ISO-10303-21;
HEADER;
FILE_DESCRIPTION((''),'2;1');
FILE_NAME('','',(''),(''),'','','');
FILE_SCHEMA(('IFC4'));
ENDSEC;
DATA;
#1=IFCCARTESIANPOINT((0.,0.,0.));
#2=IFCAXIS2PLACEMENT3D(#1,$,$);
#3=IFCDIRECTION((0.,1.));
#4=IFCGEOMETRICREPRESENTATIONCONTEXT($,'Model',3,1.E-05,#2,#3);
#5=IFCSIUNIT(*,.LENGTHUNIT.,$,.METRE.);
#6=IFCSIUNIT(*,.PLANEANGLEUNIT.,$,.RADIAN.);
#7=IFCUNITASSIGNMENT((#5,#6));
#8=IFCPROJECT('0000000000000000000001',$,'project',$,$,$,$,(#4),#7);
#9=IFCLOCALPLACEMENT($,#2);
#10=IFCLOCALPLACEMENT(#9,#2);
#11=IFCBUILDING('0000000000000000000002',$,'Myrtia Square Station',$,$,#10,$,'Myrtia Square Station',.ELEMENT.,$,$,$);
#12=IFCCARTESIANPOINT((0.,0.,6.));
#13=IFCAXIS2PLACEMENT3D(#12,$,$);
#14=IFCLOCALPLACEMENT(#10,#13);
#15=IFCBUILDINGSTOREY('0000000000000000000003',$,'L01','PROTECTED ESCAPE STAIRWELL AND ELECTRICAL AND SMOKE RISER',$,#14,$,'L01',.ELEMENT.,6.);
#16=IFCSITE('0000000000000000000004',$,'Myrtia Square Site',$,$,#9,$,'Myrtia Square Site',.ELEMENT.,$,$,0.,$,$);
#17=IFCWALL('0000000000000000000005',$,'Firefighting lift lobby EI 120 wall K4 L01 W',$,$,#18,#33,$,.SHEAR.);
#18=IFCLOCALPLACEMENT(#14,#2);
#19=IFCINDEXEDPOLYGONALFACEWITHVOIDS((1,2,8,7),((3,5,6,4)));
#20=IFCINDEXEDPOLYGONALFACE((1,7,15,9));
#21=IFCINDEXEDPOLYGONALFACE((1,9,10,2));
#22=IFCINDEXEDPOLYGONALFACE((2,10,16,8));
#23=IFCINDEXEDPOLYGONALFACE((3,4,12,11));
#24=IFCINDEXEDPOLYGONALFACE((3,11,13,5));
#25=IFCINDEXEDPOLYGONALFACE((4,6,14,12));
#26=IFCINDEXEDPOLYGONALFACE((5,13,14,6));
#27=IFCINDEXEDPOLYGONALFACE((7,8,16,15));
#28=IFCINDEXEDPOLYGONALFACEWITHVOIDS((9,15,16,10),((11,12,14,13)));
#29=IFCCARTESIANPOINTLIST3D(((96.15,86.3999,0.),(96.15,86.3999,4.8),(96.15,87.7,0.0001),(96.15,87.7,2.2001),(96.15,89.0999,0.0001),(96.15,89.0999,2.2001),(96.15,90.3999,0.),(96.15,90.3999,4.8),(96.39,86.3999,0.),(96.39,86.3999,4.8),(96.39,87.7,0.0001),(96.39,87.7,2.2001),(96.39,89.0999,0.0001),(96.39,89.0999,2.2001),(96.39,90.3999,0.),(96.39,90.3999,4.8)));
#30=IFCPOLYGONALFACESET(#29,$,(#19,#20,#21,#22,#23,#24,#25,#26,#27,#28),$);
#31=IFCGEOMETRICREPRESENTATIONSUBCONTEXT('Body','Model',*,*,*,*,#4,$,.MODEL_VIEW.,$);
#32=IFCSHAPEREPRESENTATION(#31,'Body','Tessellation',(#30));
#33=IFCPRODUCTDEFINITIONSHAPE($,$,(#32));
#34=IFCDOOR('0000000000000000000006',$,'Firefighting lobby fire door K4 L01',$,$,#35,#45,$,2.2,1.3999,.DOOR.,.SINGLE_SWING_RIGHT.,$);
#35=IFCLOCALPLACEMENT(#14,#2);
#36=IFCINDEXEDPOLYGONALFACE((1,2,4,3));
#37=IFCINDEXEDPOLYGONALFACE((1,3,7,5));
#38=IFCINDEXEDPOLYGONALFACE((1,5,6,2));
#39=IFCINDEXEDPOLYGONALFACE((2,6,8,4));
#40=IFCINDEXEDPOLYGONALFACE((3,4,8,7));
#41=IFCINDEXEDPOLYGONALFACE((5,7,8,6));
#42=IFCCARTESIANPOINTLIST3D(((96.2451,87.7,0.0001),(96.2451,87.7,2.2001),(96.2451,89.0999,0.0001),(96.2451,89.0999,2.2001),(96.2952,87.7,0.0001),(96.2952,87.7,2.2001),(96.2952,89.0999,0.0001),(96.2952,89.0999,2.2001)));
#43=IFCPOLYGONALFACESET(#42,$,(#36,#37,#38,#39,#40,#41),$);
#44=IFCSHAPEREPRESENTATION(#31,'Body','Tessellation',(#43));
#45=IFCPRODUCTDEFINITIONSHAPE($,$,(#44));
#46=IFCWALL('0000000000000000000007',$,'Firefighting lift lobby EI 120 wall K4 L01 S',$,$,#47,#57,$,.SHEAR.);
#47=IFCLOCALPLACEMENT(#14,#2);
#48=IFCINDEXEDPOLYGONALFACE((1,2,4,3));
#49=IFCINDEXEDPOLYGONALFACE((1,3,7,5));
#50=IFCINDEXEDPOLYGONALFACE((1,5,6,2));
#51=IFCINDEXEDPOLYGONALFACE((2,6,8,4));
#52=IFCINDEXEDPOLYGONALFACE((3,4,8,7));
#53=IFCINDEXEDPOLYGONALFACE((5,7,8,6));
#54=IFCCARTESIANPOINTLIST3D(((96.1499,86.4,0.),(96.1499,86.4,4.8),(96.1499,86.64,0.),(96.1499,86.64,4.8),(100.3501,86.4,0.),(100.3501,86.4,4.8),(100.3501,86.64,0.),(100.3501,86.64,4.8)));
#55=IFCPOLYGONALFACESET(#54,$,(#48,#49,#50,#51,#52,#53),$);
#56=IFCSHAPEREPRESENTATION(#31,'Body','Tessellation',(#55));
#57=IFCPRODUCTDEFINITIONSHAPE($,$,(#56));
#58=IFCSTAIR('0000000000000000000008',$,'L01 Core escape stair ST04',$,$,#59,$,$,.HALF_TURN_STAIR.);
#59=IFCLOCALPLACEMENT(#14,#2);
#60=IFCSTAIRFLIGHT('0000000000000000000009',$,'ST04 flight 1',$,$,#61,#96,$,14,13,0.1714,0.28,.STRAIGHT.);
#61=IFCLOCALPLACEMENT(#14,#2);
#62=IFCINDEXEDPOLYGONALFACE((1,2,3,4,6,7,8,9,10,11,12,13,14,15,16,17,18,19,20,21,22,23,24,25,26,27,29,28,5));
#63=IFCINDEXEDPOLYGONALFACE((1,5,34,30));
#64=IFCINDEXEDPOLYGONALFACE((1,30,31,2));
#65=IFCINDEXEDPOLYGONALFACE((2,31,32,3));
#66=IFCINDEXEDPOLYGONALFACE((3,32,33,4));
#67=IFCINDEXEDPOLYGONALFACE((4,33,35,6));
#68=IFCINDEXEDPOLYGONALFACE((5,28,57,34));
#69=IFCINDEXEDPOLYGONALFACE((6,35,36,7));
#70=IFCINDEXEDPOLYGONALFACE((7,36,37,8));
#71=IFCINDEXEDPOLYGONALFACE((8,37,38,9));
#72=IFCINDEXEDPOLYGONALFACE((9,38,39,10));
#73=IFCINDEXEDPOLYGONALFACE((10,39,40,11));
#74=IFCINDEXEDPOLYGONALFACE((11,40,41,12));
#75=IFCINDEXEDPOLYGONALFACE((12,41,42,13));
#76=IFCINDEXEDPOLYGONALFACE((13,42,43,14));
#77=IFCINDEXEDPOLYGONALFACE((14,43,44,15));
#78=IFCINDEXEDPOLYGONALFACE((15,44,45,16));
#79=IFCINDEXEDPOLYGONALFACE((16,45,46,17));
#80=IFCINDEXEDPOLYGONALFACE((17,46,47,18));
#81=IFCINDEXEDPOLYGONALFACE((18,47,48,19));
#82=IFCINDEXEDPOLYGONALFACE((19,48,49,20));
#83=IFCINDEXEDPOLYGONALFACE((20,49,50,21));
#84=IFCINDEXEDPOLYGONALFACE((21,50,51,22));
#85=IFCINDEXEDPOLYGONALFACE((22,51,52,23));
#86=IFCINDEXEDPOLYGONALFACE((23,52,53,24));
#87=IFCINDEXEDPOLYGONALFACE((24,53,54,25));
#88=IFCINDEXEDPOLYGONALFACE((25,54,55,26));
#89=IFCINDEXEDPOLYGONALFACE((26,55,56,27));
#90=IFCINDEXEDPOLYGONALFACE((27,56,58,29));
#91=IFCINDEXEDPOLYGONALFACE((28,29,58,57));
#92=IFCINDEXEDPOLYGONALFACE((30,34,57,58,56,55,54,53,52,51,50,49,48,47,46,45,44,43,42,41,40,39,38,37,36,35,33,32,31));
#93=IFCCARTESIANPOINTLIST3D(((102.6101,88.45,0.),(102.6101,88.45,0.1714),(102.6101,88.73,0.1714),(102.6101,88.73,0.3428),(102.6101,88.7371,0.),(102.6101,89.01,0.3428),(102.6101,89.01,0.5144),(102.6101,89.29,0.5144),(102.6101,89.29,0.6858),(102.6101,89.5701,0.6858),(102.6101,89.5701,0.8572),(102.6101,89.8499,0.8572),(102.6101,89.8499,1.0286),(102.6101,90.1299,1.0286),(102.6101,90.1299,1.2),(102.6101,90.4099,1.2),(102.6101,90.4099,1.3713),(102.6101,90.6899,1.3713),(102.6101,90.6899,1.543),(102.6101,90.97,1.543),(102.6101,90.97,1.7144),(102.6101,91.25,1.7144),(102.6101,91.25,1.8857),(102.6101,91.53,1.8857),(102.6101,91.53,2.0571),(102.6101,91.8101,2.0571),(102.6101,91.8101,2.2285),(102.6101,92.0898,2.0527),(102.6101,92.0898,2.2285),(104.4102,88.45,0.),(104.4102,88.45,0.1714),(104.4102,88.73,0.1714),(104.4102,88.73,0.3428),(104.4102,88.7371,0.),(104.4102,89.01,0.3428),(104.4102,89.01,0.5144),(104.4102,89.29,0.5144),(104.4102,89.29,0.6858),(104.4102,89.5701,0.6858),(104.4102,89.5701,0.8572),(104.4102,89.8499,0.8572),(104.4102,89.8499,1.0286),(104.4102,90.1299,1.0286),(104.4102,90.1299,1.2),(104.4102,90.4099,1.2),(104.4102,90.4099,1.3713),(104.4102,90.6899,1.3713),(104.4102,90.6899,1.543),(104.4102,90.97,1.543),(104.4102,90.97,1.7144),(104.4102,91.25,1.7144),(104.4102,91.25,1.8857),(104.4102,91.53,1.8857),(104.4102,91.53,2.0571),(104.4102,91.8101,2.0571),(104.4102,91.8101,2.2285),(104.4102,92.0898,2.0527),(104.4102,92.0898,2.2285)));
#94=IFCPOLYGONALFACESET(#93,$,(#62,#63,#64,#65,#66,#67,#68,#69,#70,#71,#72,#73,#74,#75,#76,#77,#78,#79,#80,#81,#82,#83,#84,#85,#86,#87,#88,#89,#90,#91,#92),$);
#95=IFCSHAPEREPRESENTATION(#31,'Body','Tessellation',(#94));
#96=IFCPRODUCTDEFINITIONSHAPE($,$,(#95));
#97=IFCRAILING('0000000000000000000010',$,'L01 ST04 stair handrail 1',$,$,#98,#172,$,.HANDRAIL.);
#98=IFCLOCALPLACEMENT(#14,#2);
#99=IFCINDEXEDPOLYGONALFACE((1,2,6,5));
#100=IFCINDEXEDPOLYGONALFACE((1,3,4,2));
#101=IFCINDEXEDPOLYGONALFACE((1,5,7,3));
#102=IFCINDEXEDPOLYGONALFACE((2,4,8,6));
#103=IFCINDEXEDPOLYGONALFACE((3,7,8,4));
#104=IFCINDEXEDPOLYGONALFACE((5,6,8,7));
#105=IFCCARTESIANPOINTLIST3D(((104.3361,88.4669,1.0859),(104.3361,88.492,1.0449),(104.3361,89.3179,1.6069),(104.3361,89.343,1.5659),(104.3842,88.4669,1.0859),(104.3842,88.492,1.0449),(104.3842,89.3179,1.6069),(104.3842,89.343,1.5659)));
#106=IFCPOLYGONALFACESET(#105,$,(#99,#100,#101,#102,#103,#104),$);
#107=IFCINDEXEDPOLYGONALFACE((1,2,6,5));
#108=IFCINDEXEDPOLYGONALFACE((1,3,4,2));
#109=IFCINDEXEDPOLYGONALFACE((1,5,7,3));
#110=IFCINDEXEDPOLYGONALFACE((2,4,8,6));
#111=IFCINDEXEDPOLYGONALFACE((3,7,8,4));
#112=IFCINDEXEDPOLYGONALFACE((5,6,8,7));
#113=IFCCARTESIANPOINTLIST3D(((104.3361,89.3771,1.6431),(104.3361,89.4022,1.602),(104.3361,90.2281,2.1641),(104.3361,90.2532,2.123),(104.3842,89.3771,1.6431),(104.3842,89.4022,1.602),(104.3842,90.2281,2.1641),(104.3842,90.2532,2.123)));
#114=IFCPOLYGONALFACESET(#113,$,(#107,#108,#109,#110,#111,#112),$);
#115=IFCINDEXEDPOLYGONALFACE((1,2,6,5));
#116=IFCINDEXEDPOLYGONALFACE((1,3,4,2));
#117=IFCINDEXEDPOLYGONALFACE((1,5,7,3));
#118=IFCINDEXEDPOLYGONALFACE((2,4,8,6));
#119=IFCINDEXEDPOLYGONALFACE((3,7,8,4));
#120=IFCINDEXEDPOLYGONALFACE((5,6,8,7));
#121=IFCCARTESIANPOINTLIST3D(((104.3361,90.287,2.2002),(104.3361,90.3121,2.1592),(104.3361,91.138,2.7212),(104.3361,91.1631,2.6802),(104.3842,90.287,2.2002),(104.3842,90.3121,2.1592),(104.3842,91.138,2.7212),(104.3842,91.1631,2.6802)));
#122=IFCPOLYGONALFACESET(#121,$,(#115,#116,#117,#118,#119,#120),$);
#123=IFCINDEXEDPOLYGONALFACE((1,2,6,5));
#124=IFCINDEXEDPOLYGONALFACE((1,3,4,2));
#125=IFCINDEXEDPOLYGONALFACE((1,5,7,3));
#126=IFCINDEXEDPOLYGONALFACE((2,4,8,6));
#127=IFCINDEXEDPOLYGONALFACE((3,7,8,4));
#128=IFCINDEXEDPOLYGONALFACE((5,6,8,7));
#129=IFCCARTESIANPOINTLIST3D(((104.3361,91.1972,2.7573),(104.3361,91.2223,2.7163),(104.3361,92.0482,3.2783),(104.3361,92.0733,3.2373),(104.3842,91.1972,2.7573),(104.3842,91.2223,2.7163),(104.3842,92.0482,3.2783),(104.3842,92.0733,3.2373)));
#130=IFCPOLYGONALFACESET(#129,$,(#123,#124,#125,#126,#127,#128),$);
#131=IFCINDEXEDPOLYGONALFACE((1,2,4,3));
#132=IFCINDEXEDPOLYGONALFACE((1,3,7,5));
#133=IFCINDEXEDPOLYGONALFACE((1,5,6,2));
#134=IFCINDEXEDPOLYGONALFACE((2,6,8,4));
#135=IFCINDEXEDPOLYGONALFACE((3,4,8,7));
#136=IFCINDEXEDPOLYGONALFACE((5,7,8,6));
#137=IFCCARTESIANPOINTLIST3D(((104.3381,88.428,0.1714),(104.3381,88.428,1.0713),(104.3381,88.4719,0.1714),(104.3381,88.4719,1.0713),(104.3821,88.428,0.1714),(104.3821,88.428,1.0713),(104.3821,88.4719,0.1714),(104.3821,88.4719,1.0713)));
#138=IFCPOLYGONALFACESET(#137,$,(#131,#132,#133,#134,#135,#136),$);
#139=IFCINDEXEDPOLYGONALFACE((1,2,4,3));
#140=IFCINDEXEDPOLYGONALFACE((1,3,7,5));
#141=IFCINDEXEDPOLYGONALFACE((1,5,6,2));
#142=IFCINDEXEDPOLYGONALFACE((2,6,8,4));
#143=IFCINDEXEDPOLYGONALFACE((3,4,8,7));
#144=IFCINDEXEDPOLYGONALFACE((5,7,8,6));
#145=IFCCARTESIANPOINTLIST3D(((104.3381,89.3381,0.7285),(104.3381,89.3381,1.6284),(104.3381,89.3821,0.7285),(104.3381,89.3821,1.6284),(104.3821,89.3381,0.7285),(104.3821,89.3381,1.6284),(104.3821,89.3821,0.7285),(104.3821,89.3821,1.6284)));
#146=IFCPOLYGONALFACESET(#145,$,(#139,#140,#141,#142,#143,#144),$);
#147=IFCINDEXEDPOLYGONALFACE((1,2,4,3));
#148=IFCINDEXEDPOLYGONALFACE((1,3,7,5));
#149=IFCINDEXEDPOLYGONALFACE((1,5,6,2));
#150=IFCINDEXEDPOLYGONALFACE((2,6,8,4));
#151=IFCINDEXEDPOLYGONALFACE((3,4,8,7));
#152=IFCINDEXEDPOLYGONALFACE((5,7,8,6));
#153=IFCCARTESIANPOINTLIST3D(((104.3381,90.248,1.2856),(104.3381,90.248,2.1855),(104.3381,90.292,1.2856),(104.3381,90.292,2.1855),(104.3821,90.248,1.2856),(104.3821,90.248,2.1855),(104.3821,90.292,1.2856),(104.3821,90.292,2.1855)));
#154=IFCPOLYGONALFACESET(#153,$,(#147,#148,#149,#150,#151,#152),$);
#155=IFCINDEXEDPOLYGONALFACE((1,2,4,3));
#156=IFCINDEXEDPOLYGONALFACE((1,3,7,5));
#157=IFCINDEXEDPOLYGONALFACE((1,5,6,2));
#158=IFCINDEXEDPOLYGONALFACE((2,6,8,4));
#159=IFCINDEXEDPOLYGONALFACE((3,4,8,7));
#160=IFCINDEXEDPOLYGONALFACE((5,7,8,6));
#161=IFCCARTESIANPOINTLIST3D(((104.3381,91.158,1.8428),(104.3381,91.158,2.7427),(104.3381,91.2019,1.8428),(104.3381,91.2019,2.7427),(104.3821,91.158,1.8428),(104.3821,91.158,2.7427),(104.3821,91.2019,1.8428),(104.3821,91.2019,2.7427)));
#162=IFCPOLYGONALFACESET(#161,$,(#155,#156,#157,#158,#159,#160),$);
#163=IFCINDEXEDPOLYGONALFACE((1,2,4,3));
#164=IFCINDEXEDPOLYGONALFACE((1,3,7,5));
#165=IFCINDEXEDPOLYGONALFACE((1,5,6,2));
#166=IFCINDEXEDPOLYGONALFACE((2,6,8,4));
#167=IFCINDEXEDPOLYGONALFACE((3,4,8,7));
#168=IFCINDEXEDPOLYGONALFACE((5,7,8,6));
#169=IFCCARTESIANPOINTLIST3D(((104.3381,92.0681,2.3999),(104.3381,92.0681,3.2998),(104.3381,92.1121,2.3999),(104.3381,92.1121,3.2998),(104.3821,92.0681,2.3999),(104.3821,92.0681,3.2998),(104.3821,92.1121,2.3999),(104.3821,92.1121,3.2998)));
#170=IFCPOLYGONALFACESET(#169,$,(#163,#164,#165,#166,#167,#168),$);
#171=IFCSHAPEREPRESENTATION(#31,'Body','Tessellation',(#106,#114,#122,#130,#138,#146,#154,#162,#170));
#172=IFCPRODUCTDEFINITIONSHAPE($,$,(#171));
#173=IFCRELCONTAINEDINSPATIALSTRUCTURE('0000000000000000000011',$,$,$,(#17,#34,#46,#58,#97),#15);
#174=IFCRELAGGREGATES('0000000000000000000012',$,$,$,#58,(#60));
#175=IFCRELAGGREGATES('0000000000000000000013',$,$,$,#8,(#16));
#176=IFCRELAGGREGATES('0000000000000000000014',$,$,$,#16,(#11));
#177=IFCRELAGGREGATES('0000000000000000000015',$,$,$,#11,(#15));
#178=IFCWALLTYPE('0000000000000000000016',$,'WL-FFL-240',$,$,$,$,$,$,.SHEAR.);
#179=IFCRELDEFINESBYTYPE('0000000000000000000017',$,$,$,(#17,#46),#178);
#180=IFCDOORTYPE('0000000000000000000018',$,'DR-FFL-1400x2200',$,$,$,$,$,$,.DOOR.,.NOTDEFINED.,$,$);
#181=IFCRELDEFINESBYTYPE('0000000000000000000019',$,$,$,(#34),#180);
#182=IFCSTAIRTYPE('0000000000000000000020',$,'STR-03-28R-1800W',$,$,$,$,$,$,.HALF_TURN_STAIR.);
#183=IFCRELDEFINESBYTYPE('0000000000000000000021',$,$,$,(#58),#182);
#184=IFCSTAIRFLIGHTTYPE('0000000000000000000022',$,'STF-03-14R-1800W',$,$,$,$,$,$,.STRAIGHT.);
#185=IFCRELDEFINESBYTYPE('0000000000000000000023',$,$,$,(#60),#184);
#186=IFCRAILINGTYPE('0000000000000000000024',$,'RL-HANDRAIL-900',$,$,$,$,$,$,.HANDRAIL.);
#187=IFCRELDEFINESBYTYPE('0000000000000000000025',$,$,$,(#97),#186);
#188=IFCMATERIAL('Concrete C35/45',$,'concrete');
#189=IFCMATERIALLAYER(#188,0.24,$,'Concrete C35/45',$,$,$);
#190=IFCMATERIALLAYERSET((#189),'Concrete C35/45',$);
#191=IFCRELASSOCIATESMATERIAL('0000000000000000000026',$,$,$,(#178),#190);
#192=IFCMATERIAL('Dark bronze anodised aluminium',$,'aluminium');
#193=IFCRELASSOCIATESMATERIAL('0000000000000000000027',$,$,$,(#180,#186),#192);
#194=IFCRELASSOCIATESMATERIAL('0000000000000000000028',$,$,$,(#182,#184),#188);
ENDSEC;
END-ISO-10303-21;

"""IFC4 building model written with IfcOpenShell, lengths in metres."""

from ifc_helpers import new_model, si_unit, direction, frame, frame_2d, origin, origin_2d, place, context, subcontext, project, spatial, polyline, rectangle, outline, extrude, material, layer, layer_set, type_object, element, fill, aggregate, save


model = new_model("IFC4")

# Units and contexts
model_context = context("Model", 3, precision=1e-05, world=origin(), true_north=direction((0.0, 1.0)))
body_context = subcontext(model_context, "Body", "Model", "MODEL_VIEW")
ifc_project = project(units=[si_unit("LENGTHUNIT", "METRE"), si_unit("PLANEANGLEUNIT", "RADIAN")], contexts=[model_context])

# Site, building, storey
site_placement = place(None, origin())
site = spatial("IfcSite", under=ifc_project, at=site_placement, Name="Myrtia Square Site", LongName="Myrtia Square Site", CompositionType="ELEMENT", RefElevation=0.0)
building_placement = place(site_placement, origin())
building = spatial("IfcBuilding", under=site, at=building_placement, Name="Myrtia Square Station", LongName="Myrtia Square Station", CompositionType="ELEMENT")
storey_placement = place(building_placement, frame((0.0, 0.0, 6.0)))
storey = spatial("IfcBuildingStorey", under=building, at=storey_placement, Name="L01", Description="PROTECTED ESCAPE STAIRWELL AND ELECTRICAL AND SMOKE RISER", LongName="L01", CompositionType="ELEMENT", Elevation=6.0)

# Shared definitions
ifc_material_1 = material(Name="Dark bronze anodised aluminium", Category="aluminium")

# Shared definitions
ifc_material_2 = material(Name="Concrete C35/45", Category="concrete")

# Wall, opening, door
ifc_layer_1 = layer(ifc_material_2, 0.24, Name="Concrete C35/45")
ifc_layer_set_1 = layer_set([ifc_layer_1], Name="Concrete C35/45")
wall_type_1 = type_object("IfcWallType", Name="WL-FFL-240", PredefinedType="SHEAR", material=ifc_layer_set_1)
wall_1_placement = place(storey_placement, frame((96.27, 86.3999, 0.0), z_axis=(0.0, 0.0, 1.0), x_axis=(0.0, 1.0, 0.0)))
wall_1 = element("IfcWall", 1, at=wall_1_placement, inside=storey, type_object=wall_type_1, Name="Firefighting lift lobby EI 120 wall K4 L01 W", PredefinedType="SHEAR", context=body_context, shape_type="SweptSolid", body=[
    extrude(rectangle(XDim=4.0, YDim=0.24, at=frame_2d((2.0, 0.0))), origin(), (0.0, 0.0, 1.0), 4.8),
])
opening_1_placement = place(wall_1_placement, frame((1.3, 0.0, 0.0)))
opening_1 = element("IfcOpeningElement", 2, at=opening_1_placement, cuts=wall_1, PredefinedType="OPENING", context=body_context, shape_type="SweptSolid", body=[
    extrude(rectangle(XDim=1.3999, YDim=2.2, at=frame_2d((0.7, 1.1001))), frame((0.0, 0.135, 0.0), z_axis=(0.0, -1.0, 0.0), x_axis=(1.0, 0.0, 0.0)), (0.0, 0.0, 1.0), 0.27),
])
door_type_1 = type_object("IfcDoorType", Name="DR-FFL-1400x2200", OperationType="NOTDEFINED", PredefinedType="DOOR", material=ifc_material_1)
door_1_placement = place(opening_1_placement, origin())
door_1 = element("IfcDoor", 3, at=door_1_placement, inside=storey, type_object=door_type_1, Name="Firefighting lobby fire door K4 L01", OperationType="SINGLE_SWING_RIGHT", OverallHeight=2.2, OverallWidth=1.3999, PredefinedType="DOOR", context=body_context, shape_type="SweptSolid", body=[
    extrude(rectangle(XDim=1.3999, YDim=2.2, at=frame_2d((0.7, 1.1001))), frame((0.0, 0.0249, 0.0), z_axis=(0.0, -1.0, 0.0), x_axis=(1.0, 0.0, 0.0)), (0.0, 0.0, 1.0), 0.05),
])
fill(opening_1, door_1)

# Wall
wall_2_placement = place(storey_placement, frame((96.1499, 86.52, 0.0), z_axis=(0.0, 0.0, 1.0), x_axis=(1.0, 0.0, 0.0)))
element("IfcWall", 4, at=wall_2_placement, inside=storey, type_object=wall_type_1, Name="Firefighting lift lobby EI 120 wall K4 L01 S", PredefinedType="SHEAR", context=body_context, shape_type="SweptSolid", body=[
    extrude(rectangle(XDim=4.2002, YDim=0.24, at=frame_2d((2.1001, 0.0))), origin(), (0.0, 0.0, 1.0), 4.8),
])

# Stair, stair flight
stair_type = type_object("IfcStairType", Name="STR-03-28R-1800W", PredefinedType="HALF_TURN_STAIR", material=ifc_material_2)
stair_placement = place(storey_placement, origin())
stair = element("IfcStair", 5, at=stair_placement, inside=storey, type_object=stair_type, Name="L01 Core escape stair ST04", PredefinedType="HALF_TURN_STAIR")
stair_flight_type = type_object("IfcStairFlightType", Name="STF-03-14R-1800W", PredefinedType="STRAIGHT", material=ifc_material_2)
stair_flight_placement = place(storey_placement, frame((103.51, 88.45, 0.0), z_axis=(0.0, 0.0, 1.0), x_axis=(0.0, 1.0, 0.0)))
stair_flight = element("IfcStairFlight", 6, at=stair_flight_placement, type_object=stair_flight_type, Name="ST04 flight 1", NumberOfRisers=14, NumberOfTreads=13, PredefinedType="STRAIGHT", RiserHeight=0.1714, TreadLength=0.28, context=body_context, shape_type="SweptSolid", body=[
    extrude(outline(polyline([(0.0, 0.0), (0.0, 0.1714), (0.28, 0.1714), (0.28, 0.3428), (0.5601, 0.3428), (0.5601, 0.5144), (0.8401, 0.5144), (0.8401, 0.6858), (1.1201, 0.6858), (1.1201, 0.8572), (1.3999, 0.8572), (1.3999, 1.0286), (1.6799, 1.0286), (1.6799, 1.2), (1.96, 1.2), (1.96, 1.3713), (2.24, 1.3713), (2.24, 1.543), (2.52, 1.543), (2.52, 1.7144), (2.8, 1.7144), (2.8, 1.8857), (3.0801, 1.8857), (3.0801, 2.0571), (3.3601, 2.0571), (3.3601, 2.2285), (3.6399, 2.2285), (3.6399, 2.3999), (3.6399, 2.0527), (0.2871, 0.0), (0.0, 0.0)])), frame((0.0, 0.8999, 0.0), z_axis=(0.0, -1.0, 0.0), x_axis=(1.0, 0.0, 0.0)), (0.0, 0.0, 1.0), 1.8),
])
aggregate(stair, [stair_flight])

# Railing
railing_type_1 = type_object("IfcRailingType", Name="RL-HANDRAIL-900", PredefinedType="HANDRAIL", material=ifc_material_1)
railing_1_placement = place(storey_placement, frame((104.3601, 88.45, 0.1714)))
element("IfcRailing", 7, at=railing_1_placement, inside=storey, type_object=railing_type_1, Name="L01 ST04 stair handrail 1", PredefinedType="HANDRAIL", context=body_context, shape_type="SweptSolid", body=[
    extrude(rectangle(XDim=0.0481, YDim=0.0481, at=origin_2d()), frame((0.0, 0.0295, 0.894), z_axis=(0.0, 0.852866, 0.52213), x_axis=(-1.0, 0.0, 0.0)), (0.0, 0.0, 1.0), 0.9978),
    extrude(rectangle(XDim=0.0481, YDim=0.0481, at=origin_2d()), frame((0.0, 0.9397, 1.4512), z_axis=(0.0, 0.852866, 0.52213), x_axis=(-1.0, 0.0, 0.0)), (0.0, 0.0, 1.0), 0.9978),
    extrude(rectangle(XDim=0.0481, YDim=0.0481, at=origin_2d()), frame((0.0, 1.8496, 2.0083), z_axis=(0.0, 0.852866, 0.52213), x_axis=(-1.0, 0.0, 0.0)), (0.0, 0.0, 1.0), 0.9978),
    extrude(rectangle(XDim=0.0481, YDim=0.0481, at=origin_2d()), frame((0.0, 2.7598, 2.5654), z_axis=(0.0, 0.852866, 0.52213), x_axis=(-1.0, 0.0, 0.0)), (0.0, 0.0, 1.0), 0.9978),
    extrude(rectangle(XDim=0.0439, YDim=0.0439, at=origin_2d()), origin(), (0.0, 0.0, 1.0), 0.8999),
    extrude(rectangle(XDim=0.0439, YDim=0.0439, at=origin_2d()), frame((0.0, 0.9102, 0.5571)), (0.0, 0.0, 1.0), 0.8999),
    extrude(rectangle(XDim=0.0439, YDim=0.0439, at=origin_2d()), frame((0.0, 1.8201, 1.1143)), (0.0, 0.0, 1.0), 0.8999),
    extrude(rectangle(XDim=0.0439, YDim=0.0439, at=origin_2d()), frame((0.0, 2.73, 1.6714)), (0.0, 0.0, 1.0), 0.8999),
    extrude(rectangle(XDim=0.0439, YDim=0.0439, at=origin_2d()), frame((0.0, 3.6401, 2.2285)), (0.0, 0.0, 1.0), 0.8999),
])

save(model, "model.ifc")
